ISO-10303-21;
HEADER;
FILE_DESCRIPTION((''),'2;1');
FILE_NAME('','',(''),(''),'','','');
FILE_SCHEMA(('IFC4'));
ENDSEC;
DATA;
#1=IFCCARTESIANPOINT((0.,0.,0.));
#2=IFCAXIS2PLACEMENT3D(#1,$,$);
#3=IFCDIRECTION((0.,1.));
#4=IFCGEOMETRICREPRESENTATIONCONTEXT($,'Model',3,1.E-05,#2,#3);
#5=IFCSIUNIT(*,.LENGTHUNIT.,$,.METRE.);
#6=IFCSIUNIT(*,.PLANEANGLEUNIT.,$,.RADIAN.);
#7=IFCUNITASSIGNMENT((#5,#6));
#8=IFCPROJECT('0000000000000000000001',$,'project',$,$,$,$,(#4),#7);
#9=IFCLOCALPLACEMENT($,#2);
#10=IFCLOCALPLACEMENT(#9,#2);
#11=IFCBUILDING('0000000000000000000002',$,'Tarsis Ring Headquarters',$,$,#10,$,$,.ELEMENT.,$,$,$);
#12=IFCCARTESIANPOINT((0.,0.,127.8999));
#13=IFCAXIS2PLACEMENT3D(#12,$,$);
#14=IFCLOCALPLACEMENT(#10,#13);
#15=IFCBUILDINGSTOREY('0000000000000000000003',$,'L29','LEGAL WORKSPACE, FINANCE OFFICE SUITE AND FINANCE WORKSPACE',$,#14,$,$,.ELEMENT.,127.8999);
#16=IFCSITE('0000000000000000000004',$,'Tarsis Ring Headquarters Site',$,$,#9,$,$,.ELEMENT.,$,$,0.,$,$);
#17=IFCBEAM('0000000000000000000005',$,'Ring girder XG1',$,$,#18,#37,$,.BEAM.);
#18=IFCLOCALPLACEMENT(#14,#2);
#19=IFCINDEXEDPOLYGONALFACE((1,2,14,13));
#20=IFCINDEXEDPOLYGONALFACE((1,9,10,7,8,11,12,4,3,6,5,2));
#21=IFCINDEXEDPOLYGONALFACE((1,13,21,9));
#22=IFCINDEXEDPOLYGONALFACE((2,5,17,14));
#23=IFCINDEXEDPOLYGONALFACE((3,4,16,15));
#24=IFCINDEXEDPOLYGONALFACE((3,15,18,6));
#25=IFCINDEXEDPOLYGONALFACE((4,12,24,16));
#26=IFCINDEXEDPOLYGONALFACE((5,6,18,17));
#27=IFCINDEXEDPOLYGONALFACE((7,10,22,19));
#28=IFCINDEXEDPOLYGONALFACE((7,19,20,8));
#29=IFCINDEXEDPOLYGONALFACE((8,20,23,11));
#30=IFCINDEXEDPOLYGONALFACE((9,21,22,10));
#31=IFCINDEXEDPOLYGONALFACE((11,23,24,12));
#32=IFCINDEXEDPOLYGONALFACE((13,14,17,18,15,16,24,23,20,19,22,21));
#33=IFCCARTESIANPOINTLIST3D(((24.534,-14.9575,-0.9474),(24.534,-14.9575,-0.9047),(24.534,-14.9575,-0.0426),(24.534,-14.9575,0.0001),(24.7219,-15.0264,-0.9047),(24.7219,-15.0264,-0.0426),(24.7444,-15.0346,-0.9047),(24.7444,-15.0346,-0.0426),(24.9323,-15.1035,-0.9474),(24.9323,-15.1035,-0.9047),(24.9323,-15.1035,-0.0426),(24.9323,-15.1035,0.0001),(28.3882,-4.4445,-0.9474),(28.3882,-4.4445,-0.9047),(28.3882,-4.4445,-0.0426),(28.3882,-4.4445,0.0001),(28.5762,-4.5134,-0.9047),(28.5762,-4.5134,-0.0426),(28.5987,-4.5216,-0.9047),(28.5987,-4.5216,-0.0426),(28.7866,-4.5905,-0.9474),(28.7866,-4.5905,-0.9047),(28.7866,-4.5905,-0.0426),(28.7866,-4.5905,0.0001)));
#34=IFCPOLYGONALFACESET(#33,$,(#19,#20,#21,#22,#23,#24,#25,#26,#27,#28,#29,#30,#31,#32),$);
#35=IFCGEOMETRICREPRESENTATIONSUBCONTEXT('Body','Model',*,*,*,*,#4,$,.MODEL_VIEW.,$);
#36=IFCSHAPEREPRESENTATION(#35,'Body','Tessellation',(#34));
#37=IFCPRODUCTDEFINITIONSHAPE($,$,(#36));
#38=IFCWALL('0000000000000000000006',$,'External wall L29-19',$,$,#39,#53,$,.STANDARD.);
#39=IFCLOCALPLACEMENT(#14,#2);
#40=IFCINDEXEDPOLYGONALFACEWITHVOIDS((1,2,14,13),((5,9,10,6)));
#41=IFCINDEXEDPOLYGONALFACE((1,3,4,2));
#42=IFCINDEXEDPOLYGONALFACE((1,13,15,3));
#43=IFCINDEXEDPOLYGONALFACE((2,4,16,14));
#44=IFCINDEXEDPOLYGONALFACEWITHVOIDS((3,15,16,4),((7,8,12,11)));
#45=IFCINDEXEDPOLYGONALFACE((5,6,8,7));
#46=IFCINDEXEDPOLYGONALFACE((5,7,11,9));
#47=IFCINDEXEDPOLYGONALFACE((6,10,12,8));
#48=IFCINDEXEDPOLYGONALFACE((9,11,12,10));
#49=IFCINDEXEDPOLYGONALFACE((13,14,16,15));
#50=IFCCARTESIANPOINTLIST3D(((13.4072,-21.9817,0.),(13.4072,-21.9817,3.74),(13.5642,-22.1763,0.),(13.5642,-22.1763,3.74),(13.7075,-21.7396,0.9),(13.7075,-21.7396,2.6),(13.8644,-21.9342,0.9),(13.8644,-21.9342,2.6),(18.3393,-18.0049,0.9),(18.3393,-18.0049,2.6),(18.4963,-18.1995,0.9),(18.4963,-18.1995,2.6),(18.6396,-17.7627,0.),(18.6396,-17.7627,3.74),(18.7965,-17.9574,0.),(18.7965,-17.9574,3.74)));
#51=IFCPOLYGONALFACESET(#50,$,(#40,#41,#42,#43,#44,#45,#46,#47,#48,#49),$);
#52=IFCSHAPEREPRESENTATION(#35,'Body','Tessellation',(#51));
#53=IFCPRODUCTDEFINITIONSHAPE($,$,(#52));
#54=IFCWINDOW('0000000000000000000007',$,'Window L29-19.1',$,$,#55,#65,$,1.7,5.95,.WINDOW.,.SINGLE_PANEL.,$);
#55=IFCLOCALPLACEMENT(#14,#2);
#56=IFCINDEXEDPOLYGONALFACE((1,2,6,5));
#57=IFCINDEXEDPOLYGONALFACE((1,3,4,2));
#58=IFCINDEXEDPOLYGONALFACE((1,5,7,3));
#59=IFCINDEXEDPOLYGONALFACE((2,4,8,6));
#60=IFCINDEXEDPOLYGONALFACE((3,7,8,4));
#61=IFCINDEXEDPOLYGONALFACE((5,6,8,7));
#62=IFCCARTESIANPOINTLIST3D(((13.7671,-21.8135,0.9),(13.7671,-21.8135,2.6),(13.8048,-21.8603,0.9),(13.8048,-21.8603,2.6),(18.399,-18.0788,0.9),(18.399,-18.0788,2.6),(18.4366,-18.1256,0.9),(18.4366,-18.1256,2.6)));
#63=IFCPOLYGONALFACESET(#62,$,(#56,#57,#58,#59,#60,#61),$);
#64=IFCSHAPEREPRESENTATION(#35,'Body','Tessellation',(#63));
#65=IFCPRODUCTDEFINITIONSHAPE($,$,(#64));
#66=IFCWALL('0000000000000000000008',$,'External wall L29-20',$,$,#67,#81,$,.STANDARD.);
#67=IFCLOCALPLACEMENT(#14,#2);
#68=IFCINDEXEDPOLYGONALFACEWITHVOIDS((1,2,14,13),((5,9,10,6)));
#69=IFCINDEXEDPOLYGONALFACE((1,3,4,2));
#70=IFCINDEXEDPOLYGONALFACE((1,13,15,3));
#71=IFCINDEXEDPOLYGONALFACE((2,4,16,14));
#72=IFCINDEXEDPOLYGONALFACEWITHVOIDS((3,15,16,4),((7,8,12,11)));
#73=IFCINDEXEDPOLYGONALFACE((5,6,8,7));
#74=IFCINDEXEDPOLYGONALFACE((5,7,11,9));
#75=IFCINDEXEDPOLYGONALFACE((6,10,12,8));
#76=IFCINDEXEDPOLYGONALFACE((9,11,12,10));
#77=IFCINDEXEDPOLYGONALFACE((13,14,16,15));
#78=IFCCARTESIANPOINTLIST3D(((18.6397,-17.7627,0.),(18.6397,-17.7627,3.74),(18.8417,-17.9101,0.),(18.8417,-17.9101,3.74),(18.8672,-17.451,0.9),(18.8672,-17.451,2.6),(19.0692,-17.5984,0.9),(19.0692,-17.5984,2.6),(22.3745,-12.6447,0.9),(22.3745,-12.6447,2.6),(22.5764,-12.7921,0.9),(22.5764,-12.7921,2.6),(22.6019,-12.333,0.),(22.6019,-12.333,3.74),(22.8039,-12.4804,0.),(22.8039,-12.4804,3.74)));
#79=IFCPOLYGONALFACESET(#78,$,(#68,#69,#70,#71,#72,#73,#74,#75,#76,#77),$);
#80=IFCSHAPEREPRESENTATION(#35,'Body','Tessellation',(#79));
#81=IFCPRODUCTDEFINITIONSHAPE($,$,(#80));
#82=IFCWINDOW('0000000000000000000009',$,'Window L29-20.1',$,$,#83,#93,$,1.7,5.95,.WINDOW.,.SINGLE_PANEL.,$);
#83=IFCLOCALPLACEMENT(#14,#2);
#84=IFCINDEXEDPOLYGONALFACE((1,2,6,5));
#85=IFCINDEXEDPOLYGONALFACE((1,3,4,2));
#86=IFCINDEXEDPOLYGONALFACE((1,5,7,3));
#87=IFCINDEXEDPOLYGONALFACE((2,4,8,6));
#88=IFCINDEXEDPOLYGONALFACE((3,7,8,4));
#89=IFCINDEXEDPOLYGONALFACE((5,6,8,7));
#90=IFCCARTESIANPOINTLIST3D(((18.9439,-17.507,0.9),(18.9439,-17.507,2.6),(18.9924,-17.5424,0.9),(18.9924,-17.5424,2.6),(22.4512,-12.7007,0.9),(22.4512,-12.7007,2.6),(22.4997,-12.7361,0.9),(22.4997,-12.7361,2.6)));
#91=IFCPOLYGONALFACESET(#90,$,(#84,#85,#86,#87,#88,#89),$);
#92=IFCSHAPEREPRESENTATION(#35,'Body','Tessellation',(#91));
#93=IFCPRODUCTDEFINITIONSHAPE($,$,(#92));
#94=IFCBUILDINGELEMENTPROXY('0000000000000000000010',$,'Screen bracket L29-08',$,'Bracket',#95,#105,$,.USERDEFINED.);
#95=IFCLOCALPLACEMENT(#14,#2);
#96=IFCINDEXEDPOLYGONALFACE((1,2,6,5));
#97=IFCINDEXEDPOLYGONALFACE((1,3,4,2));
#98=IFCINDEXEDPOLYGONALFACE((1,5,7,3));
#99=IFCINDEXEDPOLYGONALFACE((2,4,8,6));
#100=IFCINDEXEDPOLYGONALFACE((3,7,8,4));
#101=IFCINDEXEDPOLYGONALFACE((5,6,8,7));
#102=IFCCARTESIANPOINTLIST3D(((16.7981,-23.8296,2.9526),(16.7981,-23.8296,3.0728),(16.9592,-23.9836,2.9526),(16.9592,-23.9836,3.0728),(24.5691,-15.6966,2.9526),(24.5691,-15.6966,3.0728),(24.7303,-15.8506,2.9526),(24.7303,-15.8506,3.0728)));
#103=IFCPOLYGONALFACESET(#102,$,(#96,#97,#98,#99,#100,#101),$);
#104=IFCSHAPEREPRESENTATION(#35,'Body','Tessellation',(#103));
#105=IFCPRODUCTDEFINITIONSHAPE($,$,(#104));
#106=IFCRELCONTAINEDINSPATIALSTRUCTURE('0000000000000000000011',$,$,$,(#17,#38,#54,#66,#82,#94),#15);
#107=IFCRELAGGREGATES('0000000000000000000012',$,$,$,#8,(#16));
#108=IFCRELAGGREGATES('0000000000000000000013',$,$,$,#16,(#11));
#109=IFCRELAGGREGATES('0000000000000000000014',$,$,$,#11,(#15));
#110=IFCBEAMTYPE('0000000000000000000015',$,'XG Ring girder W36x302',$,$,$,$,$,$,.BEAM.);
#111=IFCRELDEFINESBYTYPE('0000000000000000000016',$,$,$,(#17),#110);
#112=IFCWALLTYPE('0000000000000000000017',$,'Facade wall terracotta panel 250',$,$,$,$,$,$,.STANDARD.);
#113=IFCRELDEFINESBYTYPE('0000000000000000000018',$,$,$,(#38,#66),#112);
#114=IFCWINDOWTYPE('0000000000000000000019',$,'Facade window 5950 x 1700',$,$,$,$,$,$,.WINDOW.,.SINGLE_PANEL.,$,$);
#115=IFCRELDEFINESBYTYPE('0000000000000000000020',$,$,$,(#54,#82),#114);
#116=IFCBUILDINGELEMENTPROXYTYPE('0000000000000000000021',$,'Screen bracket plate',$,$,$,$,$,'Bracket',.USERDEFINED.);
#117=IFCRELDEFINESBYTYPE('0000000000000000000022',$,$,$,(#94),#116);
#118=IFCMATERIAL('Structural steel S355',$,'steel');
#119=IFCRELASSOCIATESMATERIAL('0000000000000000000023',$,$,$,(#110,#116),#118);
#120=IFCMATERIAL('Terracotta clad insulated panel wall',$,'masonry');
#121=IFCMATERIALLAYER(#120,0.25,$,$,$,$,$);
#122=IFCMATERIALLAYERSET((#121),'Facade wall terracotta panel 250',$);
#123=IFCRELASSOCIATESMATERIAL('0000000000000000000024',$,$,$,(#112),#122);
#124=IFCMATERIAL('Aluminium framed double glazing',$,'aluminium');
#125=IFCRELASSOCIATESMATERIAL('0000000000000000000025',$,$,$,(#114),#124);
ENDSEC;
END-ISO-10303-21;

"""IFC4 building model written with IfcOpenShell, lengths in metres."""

from ifc_helpers import new_model, si_unit, direction, frame, frame_2d, origin, origin_2d, place, context, subcontext, project, spatial, rectangle, i_section, extrude, material, layer, layer_set, material_profile, profile_set, type_object, element, fill, save


model = new_model("IFC4")

# Units and contexts
model_context = context("Model", 3, precision=1e-05, world=origin(), true_north=direction((0.0, 1.0)))
body_context = subcontext(model_context, "Body", "Model", "MODEL_VIEW")
ifc_project = project(units=[si_unit("LENGTHUNIT", "METRE"), si_unit("PLANEANGLEUNIT", "RADIAN")], contexts=[model_context])

# Site, building, storey
site_placement = place(None, origin())
site = spatial("IfcSite", under=ifc_project, at=site_placement, Name="Tarsis Ring Headquarters Site", CompositionType="ELEMENT", RefElevation=0.0)
building_placement = place(site_placement, origin())
building = spatial("IfcBuilding", under=site, at=building_placement, Name="Tarsis Ring Headquarters", CompositionType="ELEMENT")
storey_placement = place(building_placement, frame((0.0, 0.0, 127.8999)))
storey = spatial("IfcBuildingStorey", under=building, at=storey_placement, Name="L29", Description="LEGAL WORKSPACE, FINANCE OFFICE SUITE AND FINANCE WORKSPACE", CompositionType="ELEMENT", Elevation=127.8999)

# Shared definitions
ifc_material_1 = material(Name="Structural steel S355", Category="steel")

# Beam
ifc_material_profile_1 = material_profile(ifc_material_1, i_section(OverallWidth=0.4243, OverallDepth=0.9475, WebThickness=0.0239, FlangeThickness=0.0427, at=origin_2d()), Name="W36x302")
ifc_profile_set_1 = profile_set([ifc_material_profile_1], Name="Structural steel S355")
beam_type = type_object("IfcBeamType", Name="XG Ring girder W36x302", PredefinedType="BEAM", material=ifc_profile_set_1)
for number, where, z_axis, x_axis, name in (
    (1, (24.7332, -15.0305, -0.4736), (0.344216, 0.938891, 0.0), (-0.938891, 0.344216, 0.0), "Ring girder XG1"),
):
    element("IfcBeam", number, at=place(storey_placement, frame(where, z_axis=z_axis, x_axis=x_axis)), inside=storey, type_object=beam_type, Name=name, PredefinedType="BEAM", context=body_context, shape_type="SweptSolid", body=[
        extrude(i_section(OverallWidth=0.4243, OverallDepth=0.9475, WebThickness=0.0239, FlangeThickness=0.0427, at=origin_2d()), origin(), (0.0, 0.0, 1.0), 11.1973),
    ])

# Walls, openings, windows
ifc_material_2 = material(Name="Terracotta clad insulated panel wall", Category="masonry")
ifc_layer = layer(ifc_material_2, 0.25)
ifc_layer_set = layer_set([ifc_layer], Name="Facade wall terracotta panel 250")
wall_type = type_object("IfcWallType", Name="Facade wall terracotta panel 250", PredefinedType="STANDARD", material=ifc_layer_set)
wall_1_placement = place(storey_placement, frame((13.4856, -22.0791, 0.0), z_axis=(0.0, 0.0, 1.0), x_axis=(0.778464, 0.627689, 0.0)))
wall_1 = element("IfcWall", 2, at=wall_1_placement, inside=storey, type_object=wall_type, Name="External wall L29-19", PredefinedType="STANDARD", context=body_context, shape_type="SweptSolid", body=[
    extrude(rectangle(XDim=6.7214, YDim=0.25, at=frame_2d((3.3608, 0.0))), origin(), (0.0, 0.0, 1.0), 3.74),
])
opening_1_placement = place(wall_1_placement, frame((0.3857, 0.0, 0.8999)))
opening_1 = element("IfcOpeningElement", 3, at=opening_1_placement, cuts=wall_1, PredefinedType="OPENING", context=body_context, shape_type="SweptSolid", body=[
    extrude(rectangle(XDim=5.95, YDim=1.7, at=frame_2d((2.9751, 0.8501))), frame((0.0, 0.135, 0.0), z_axis=(0.0, -1.0, 0.0), x_axis=(1.0, 0.0, 0.0)), (0.0, 0.0, 1.0), 0.27),
])
ifc_material_3 = material(Name="Aluminium framed double glazing", Category="aluminium")
window_type = type_object("IfcWindowType", Name="Facade window 5950 x 1700", PartitioningType="SINGLE_PANEL", PredefinedType="WINDOW", material=ifc_material_3)
window_1_placement = place(opening_1_placement, origin())
window_1 = element("IfcWindow", 4, at=window_1_placement, inside=storey, type_object=window_type, Name="Window L29-19.1", OverallHeight=1.7, OverallWidth=5.95, PartitioningType="SINGLE_PANEL", PredefinedType="WINDOW", context=body_context, shape_type="SweptSolid", body=[
    extrude(rectangle(XDim=5.95, YDim=1.7, at=frame_2d((2.9751, 0.8501))), frame((0.0, 0.03, 0.0), z_axis=(0.0, -1.0, 0.0), x_axis=(1.0, 0.0, 0.0)), (0.0, 0.0, 1.0), 0.0601),
])
fill(opening_1, window_1)
wall_2_placement = place(storey_placement, frame((18.7407, -17.8364, 0.0), z_axis=(0.0, 0.0, 1.0), x_axis=(0.589465, 0.807794, 0.0)))
wall_2 = element("IfcWall", 5, at=wall_2_placement, inside=storey, type_object=wall_type, Name="External wall L29-20", PredefinedType="STANDARD", context=body_context, shape_type="SweptSolid", body=[
    extrude(rectangle(XDim=6.7217, YDim=0.25, at=frame_2d((3.3608, 0.0))), origin(), (0.0, 0.0, 1.0), 3.74),
])
opening_2_placement = place(wall_2_placement, frame((0.3857, 0.0, 0.8999)))
opening_2 = element("IfcOpeningElement", 6, at=opening_2_placement, cuts=wall_2, PredefinedType="OPENING", context=body_context, shape_type="SweptSolid", body=[
    extrude(rectangle(XDim=5.95, YDim=1.7, at=frame_2d((2.9751, 0.8501))), frame((0.0, 0.135, 0.0), z_axis=(0.0, -1.0, 0.0), x_axis=(1.0, 0.0, 0.0)), (0.0, 0.0, 1.0), 0.27),
])
window_2_placement = place(opening_2_placement, origin())
window_2 = element("IfcWindow", 7, at=window_2_placement, inside=storey, type_object=window_type, Name="Window L29-20.1", OverallHeight=1.7, OverallWidth=5.95, PartitioningType="SINGLE_PANEL", PredefinedType="WINDOW", context=body_context, shape_type="SweptSolid", body=[
    extrude(rectangle(XDim=5.95, YDim=1.7, at=frame_2d((2.9751, 0.8501))), frame((0.0, 0.03, 0.0), z_axis=(0.0, -1.0, 0.0), x_axis=(1.0, 0.0, 0.0)), (0.0, 0.0, 1.0), 0.0601),
])
fill(opening_2, window_2)

# Building element proxy
building_element_proxy_type = type_object("IfcBuildingElementProxyType", Name="Screen bracket plate", ElementType="Bracket", PredefinedType="USERDEFINED", material=ifc_material_1)
proxy_placement = place(storey_placement, frame((20.7642, -19.8401, 2.9526), z_axis=(0.0, 0.0, 1.0), x_axis=(0.690835, 0.723013, 0.0)))
element("IfcBuildingElementProxy", 8, at=proxy_placement, inside=storey, type_object=building_element_proxy_type, Name="Screen bracket L29-08", ObjectType="Bracket", PredefinedType="USERDEFINED", context=body_context, shape_type="SweptSolid", body=[
    extrude(rectangle(XDim=11.2488, YDim=0.2229, at=origin_2d()), origin(), (0.0, 0.0, 1.0), 0.1201),
])

save(model, "model.ifc")
